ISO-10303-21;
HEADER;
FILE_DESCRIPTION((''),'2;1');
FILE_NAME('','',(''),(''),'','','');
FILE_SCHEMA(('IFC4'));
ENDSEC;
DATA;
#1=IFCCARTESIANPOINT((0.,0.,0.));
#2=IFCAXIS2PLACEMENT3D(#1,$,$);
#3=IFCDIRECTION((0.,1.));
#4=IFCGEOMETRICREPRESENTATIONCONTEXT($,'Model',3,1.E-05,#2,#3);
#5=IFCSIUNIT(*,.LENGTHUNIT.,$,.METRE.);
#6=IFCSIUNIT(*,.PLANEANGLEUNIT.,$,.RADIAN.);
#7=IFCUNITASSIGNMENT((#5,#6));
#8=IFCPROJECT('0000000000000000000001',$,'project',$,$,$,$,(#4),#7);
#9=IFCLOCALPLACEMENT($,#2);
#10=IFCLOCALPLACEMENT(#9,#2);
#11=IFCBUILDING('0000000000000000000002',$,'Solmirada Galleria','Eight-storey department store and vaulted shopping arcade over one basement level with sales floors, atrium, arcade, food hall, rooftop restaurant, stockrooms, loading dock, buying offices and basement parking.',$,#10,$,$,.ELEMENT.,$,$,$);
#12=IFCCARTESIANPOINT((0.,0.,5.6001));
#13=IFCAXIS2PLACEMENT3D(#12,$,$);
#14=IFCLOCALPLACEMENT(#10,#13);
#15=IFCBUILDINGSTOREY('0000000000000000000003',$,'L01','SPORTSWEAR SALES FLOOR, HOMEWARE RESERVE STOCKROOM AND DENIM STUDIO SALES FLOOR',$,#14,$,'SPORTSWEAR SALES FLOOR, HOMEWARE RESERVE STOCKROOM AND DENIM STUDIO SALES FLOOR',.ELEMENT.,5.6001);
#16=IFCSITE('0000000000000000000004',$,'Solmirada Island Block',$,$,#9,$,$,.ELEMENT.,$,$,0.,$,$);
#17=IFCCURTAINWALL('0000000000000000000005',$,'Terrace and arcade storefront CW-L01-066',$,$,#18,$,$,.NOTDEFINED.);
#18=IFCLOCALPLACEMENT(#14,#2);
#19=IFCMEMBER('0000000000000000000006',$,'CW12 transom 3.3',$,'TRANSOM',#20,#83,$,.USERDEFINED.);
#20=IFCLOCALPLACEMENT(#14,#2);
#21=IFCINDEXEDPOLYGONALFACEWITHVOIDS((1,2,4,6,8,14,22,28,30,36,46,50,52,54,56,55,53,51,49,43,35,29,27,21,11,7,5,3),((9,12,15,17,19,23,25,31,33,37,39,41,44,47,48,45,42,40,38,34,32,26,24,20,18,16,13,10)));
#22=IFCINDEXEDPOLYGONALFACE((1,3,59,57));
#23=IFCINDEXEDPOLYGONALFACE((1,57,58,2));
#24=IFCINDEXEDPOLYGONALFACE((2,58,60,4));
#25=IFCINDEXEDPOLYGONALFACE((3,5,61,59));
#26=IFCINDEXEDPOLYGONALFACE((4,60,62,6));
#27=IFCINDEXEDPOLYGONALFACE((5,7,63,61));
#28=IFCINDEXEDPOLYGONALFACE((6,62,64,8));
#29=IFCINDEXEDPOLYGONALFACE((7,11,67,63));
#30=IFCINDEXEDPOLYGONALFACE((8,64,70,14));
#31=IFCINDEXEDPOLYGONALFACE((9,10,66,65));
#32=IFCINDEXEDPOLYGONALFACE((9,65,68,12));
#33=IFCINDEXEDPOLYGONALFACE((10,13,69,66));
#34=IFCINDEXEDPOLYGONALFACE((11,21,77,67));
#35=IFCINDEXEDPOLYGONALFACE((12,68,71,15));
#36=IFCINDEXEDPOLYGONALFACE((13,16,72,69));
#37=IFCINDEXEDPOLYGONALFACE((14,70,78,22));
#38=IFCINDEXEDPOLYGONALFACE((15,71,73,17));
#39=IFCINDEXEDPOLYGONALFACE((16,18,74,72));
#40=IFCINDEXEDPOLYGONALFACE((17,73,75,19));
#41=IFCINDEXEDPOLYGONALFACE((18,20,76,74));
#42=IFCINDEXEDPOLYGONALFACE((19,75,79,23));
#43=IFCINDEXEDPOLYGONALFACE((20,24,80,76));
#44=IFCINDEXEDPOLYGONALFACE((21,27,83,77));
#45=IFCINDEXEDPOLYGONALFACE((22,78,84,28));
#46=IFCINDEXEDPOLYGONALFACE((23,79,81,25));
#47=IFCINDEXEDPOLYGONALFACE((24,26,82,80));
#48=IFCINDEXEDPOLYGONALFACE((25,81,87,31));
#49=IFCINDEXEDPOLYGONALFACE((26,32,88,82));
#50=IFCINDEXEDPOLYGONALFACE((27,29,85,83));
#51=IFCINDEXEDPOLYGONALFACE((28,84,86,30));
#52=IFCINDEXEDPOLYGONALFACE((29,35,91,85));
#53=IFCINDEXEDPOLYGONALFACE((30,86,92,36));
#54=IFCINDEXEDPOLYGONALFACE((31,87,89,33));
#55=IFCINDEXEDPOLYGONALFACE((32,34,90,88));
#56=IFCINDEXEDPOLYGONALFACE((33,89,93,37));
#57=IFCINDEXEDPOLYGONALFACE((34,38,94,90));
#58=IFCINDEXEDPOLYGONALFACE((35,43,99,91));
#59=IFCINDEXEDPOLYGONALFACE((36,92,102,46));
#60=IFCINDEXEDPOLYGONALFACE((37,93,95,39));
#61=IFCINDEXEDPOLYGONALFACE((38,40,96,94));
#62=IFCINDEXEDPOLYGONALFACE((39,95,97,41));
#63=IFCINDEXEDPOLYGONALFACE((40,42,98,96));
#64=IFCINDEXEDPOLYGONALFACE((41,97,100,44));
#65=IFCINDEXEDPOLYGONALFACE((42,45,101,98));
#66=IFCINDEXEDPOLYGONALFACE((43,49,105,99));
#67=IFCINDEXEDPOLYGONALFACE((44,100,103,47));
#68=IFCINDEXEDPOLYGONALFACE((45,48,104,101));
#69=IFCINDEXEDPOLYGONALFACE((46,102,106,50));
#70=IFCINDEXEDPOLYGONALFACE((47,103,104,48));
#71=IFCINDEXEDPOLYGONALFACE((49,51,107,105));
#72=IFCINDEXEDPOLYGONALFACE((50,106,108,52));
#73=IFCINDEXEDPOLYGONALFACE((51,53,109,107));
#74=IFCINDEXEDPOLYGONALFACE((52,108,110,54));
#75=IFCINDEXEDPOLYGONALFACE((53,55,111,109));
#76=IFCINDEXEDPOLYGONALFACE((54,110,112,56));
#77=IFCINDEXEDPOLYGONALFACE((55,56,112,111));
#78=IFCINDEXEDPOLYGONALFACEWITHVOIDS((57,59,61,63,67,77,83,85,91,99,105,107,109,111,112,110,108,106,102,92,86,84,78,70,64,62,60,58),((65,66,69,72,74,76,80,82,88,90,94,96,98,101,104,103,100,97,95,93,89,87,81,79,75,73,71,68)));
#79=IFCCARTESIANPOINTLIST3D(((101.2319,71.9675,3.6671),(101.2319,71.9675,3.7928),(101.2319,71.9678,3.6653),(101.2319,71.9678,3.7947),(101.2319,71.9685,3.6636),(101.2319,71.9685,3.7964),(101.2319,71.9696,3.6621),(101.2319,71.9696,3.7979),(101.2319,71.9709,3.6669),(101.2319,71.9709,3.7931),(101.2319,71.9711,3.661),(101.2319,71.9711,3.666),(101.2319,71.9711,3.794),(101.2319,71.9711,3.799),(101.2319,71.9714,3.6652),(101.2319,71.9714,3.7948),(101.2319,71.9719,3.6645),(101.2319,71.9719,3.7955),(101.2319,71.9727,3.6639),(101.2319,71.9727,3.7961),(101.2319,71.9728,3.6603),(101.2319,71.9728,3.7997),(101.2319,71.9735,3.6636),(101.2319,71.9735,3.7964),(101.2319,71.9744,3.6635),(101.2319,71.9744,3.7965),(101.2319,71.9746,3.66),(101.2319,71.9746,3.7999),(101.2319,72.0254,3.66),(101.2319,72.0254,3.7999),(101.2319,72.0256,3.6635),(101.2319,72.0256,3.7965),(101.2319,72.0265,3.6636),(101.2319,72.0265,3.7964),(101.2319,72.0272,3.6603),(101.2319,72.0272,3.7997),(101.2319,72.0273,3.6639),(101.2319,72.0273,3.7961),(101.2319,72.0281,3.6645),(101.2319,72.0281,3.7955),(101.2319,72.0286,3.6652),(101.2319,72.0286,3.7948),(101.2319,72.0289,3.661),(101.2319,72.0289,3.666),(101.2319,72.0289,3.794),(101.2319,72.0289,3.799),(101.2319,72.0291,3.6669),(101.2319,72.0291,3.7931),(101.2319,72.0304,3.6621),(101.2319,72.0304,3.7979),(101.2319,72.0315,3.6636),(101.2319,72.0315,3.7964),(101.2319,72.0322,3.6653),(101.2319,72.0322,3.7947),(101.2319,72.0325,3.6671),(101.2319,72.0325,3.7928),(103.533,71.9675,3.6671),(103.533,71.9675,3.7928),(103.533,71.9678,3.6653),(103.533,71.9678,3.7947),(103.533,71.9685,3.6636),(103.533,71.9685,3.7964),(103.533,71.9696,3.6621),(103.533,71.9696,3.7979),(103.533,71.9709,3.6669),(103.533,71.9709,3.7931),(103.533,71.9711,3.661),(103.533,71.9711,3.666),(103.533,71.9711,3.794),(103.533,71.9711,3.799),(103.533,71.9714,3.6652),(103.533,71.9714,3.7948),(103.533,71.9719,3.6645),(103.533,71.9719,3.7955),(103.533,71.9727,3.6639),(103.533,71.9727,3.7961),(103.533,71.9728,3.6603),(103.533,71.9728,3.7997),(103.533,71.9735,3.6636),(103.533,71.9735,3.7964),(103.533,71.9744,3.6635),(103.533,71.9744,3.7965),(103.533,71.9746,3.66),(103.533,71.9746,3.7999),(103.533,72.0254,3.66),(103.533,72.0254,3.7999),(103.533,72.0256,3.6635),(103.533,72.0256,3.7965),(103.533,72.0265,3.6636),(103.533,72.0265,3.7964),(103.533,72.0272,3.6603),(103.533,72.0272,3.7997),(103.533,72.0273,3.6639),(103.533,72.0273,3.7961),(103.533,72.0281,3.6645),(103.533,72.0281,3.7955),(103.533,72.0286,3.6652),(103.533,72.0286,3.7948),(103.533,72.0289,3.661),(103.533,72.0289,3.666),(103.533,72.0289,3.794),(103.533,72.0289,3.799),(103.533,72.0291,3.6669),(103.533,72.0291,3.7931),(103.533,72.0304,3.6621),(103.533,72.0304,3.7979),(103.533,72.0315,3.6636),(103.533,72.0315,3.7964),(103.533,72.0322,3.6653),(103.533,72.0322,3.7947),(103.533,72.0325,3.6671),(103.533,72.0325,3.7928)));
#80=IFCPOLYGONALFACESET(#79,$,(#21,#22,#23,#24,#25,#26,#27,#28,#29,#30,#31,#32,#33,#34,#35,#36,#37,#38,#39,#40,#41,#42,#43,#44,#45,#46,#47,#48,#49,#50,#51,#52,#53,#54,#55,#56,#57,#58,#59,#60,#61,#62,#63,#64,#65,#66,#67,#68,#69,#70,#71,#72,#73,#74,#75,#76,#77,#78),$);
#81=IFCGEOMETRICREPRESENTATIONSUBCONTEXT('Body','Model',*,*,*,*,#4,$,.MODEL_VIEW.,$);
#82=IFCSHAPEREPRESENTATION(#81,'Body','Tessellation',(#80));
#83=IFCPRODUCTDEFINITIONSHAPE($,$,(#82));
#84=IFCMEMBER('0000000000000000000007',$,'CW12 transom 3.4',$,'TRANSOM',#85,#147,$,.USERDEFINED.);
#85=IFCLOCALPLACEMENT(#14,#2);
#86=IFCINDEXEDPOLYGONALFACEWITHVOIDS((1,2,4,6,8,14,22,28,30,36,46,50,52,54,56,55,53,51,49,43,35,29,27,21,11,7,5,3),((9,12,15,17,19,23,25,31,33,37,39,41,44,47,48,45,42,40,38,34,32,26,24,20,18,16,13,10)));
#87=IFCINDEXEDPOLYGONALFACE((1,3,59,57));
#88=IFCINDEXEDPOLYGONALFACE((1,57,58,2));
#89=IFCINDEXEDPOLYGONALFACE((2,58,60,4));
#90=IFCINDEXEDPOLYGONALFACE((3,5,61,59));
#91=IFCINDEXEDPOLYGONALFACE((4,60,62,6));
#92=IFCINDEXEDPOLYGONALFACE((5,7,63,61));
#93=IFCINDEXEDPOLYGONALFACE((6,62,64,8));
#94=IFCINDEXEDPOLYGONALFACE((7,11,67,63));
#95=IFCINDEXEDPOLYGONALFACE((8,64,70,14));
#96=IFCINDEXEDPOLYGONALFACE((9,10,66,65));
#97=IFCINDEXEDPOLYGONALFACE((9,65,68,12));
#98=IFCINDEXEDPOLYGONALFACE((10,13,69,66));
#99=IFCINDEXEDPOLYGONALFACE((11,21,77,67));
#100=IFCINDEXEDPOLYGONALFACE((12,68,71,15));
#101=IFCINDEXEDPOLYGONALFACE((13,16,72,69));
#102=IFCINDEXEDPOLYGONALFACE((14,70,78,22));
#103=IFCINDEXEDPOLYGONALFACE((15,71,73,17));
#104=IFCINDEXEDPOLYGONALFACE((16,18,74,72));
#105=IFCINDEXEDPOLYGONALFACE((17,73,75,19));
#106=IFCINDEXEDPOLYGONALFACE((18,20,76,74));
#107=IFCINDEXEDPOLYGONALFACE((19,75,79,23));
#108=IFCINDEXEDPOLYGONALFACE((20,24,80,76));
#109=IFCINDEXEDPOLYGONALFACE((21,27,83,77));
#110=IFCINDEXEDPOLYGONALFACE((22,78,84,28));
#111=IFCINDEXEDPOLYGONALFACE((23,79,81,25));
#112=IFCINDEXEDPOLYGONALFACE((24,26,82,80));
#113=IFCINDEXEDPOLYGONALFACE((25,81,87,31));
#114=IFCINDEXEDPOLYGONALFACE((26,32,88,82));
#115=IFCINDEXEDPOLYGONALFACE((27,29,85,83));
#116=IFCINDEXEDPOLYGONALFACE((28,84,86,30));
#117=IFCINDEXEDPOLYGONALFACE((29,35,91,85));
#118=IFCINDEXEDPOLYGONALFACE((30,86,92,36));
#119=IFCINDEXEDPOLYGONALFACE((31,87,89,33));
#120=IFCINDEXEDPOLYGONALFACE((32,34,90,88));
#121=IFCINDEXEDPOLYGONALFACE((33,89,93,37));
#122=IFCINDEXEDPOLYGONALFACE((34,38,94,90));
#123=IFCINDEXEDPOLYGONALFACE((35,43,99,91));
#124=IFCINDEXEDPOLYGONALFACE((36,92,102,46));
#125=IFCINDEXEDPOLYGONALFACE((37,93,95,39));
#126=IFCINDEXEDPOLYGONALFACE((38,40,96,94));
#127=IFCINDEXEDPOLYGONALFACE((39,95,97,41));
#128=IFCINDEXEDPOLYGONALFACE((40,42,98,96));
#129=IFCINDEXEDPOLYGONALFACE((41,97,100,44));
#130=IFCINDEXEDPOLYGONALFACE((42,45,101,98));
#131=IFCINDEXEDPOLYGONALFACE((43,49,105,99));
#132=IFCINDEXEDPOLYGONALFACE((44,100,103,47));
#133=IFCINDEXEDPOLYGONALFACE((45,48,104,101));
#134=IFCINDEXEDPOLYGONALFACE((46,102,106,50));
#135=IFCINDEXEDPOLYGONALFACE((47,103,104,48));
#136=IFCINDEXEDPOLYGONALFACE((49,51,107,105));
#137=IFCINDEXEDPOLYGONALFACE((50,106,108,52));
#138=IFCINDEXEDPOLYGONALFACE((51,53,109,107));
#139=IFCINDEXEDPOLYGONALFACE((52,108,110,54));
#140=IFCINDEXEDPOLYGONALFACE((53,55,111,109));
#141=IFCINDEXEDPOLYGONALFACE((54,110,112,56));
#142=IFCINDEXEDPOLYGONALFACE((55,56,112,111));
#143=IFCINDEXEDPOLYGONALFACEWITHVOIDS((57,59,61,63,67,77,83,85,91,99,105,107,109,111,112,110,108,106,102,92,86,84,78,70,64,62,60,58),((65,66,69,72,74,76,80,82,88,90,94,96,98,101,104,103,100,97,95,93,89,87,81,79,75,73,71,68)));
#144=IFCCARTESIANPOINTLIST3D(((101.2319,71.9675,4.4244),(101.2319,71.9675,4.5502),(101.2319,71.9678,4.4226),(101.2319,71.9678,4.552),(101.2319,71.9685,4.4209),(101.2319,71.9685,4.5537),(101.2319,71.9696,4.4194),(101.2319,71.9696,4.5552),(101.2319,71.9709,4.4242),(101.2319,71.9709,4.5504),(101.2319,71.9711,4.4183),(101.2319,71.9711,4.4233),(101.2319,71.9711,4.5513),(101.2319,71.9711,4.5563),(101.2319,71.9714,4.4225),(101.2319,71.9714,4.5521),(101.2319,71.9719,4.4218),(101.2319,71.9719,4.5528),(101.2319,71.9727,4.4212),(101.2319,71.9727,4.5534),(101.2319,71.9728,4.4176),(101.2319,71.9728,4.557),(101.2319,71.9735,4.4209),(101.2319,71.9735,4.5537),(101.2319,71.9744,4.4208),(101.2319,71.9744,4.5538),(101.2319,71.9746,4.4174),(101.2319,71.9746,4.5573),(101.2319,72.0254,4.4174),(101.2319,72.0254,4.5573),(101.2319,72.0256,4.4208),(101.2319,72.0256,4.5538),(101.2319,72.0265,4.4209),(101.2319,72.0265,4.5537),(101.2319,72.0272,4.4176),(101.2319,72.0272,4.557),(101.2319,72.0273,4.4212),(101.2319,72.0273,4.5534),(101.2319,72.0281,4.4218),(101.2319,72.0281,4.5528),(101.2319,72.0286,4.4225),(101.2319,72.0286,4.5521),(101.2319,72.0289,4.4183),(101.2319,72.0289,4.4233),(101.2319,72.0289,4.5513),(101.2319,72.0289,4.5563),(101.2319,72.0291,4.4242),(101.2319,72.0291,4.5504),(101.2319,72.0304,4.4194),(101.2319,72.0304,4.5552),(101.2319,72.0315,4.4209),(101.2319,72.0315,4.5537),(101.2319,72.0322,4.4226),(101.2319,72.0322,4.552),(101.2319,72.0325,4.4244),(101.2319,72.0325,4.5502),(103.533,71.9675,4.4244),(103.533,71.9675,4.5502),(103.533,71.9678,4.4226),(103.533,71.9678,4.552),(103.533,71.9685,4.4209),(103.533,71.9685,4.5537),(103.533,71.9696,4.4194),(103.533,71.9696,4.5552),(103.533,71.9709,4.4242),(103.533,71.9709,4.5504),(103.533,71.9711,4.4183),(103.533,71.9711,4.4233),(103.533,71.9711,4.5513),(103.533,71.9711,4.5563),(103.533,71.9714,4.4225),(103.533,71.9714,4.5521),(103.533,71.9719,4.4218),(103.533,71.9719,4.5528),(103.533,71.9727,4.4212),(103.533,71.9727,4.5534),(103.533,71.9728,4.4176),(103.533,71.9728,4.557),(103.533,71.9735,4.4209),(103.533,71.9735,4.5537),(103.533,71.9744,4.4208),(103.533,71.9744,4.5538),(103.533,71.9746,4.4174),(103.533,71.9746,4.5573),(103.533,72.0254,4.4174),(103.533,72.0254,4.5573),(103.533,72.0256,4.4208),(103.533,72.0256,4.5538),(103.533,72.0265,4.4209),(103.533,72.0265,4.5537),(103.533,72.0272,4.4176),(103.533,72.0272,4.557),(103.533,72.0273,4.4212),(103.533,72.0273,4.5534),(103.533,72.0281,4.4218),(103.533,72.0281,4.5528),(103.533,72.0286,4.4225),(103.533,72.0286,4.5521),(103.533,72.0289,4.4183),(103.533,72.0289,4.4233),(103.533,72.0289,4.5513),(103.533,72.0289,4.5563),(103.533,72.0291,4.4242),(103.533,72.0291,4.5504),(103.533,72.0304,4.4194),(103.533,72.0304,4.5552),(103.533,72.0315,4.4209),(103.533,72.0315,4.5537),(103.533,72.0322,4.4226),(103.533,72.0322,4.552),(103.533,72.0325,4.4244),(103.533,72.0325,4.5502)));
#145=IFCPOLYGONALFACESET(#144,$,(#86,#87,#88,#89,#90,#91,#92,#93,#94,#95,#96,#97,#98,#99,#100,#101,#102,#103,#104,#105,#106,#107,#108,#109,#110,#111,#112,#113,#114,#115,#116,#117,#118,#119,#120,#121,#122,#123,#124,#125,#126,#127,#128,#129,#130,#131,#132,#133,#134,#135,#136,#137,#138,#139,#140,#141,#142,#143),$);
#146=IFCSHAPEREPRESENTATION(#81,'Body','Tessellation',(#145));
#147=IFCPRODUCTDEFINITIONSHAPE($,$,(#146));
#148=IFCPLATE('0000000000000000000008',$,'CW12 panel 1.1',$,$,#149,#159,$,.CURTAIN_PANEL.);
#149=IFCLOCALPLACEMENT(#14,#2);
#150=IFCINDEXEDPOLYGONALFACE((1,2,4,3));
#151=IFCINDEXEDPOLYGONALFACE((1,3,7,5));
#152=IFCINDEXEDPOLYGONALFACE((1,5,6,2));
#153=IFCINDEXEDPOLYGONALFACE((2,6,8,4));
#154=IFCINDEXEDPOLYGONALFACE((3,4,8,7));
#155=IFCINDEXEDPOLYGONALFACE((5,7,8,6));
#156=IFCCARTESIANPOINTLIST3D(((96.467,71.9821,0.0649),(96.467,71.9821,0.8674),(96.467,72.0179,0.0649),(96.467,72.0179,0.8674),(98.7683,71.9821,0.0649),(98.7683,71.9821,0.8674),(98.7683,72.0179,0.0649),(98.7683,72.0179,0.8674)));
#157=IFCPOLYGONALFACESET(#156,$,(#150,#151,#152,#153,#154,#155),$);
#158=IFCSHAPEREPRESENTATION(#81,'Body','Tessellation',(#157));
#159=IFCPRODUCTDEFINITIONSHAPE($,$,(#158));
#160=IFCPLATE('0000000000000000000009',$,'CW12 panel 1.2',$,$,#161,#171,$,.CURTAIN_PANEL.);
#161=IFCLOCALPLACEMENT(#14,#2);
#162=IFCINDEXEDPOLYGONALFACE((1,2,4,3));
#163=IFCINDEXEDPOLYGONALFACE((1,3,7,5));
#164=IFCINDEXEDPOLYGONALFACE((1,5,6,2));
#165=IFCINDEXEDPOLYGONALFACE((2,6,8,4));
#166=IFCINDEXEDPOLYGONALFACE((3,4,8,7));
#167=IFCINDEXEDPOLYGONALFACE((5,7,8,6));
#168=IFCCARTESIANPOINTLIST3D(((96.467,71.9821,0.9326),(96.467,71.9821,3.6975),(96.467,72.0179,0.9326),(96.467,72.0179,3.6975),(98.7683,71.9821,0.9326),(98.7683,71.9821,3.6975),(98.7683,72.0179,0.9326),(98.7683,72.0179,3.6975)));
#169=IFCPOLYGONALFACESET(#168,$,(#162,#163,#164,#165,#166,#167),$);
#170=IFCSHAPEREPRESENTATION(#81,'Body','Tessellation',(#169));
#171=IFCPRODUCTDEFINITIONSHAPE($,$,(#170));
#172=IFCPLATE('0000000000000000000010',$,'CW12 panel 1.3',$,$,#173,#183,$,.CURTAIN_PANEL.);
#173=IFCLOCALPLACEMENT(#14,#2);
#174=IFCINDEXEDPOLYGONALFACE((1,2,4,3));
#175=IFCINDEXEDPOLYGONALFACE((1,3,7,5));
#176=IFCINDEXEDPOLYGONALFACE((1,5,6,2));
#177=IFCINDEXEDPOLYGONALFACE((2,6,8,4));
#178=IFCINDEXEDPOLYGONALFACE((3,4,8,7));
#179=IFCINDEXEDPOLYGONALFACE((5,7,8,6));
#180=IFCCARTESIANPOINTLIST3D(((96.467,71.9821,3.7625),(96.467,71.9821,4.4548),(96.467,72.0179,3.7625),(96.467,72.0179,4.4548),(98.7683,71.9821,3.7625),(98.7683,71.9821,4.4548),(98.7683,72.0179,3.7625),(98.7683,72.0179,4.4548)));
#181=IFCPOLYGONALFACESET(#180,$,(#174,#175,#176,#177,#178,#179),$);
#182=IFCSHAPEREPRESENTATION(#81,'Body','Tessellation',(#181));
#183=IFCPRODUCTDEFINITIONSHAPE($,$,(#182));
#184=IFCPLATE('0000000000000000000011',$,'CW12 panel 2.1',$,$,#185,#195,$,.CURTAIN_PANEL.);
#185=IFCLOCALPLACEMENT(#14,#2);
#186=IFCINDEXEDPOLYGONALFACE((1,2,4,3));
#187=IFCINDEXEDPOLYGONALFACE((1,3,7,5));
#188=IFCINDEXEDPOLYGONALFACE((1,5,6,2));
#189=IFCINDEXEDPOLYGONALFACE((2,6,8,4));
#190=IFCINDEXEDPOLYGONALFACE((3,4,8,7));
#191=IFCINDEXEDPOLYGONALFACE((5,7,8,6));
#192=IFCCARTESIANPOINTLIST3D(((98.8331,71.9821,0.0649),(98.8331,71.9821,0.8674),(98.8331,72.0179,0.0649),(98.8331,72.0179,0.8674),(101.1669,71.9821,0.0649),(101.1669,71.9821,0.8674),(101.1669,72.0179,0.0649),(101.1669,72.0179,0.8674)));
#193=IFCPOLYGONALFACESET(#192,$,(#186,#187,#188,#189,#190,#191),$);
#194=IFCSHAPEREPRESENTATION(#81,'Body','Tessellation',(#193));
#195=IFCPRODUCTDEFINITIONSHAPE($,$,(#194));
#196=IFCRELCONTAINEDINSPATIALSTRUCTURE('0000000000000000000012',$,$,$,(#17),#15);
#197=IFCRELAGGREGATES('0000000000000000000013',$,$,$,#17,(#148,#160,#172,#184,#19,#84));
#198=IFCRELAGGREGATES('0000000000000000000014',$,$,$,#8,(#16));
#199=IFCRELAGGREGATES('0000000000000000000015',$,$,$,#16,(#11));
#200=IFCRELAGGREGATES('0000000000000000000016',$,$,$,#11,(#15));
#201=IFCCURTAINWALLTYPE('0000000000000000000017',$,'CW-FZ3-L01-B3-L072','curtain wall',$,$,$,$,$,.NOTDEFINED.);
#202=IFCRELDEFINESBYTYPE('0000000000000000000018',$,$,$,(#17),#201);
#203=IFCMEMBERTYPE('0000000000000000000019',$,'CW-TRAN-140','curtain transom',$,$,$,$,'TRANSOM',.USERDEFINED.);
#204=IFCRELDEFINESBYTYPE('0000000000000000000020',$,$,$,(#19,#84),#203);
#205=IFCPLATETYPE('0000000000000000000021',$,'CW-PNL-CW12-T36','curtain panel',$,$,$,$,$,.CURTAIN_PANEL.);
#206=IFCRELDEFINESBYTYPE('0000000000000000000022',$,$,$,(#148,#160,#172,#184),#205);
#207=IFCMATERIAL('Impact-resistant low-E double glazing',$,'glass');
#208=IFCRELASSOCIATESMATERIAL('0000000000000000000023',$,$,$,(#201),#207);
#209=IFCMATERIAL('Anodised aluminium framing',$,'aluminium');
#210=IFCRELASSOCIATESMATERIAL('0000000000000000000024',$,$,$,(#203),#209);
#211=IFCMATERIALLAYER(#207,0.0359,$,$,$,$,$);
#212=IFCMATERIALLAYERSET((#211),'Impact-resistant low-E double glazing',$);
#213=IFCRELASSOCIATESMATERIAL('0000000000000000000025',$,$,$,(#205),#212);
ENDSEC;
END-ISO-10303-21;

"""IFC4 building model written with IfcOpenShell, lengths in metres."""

from ifc_helpers import new_model, si_unit, direction, frame, origin, origin_2d, place, context, subcontext, project, spatial, rectangle, hollow_rectangle, extrude, material, layer, layer_set, material_profile, profile_set, type_object, element, aggregate, save


model = new_model("IFC4")

# Units and contexts
model_context = context("Model", 3, precision=1e-05, world=origin(), true_north=direction((0.0, 1.0)))
body_context = subcontext(model_context, "Body", "Model", "MODEL_VIEW")
ifc_project = project(units=[si_unit("LENGTHUNIT", "METRE"), si_unit("PLANEANGLEUNIT", "RADIAN")], contexts=[model_context])

# Site, building, storey
site_placement = place(None, origin())
site = spatial("IfcSite", under=ifc_project, at=site_placement, Name="Solmirada Island Block", CompositionType="ELEMENT", RefElevation=0.0)
building_placement = place(site_placement, origin())
building = spatial("IfcBuilding", under=site, at=building_placement, Name="Solmirada Galleria", Description="Eight-storey department store and vaulted shopping arcade over one basement level with sales floors, atrium, arcade, food hall, rooftop restaurant, stockrooms, loading dock, buying offices and basement parking.", CompositionType="ELEMENT")
storey_placement = place(building_placement, frame((0.0, 0.0, 5.6001)))
storey = spatial("IfcBuildingStorey", under=building, at=storey_placement, Name="L01", Description="SPORTSWEAR SALES FLOOR, HOMEWARE RESERVE STOCKROOM AND DENIM STUDIO SALES FLOOR", LongName="SPORTSWEAR SALES FLOOR, HOMEWARE RESERVE STOCKROOM AND DENIM STUDIO SALES FLOOR", CompositionType="ELEMENT", Elevation=5.6001)

# Curtain wall, members, plates
ifc_material_1 = material(Name="Impact-resistant low-E double glazing", Category="glass")
curtain_wall_type = type_object("IfcCurtainWallType", Name="CW-FZ3-L01-B3-L072", Description="curtain wall", PredefinedType="NOTDEFINED", material=ifc_material_1)
curtain_wall_placement = place(storey_placement, origin())
curtain_wall = element("IfcCurtainWall", 1, at=curtain_wall_placement, inside=storey, type_object=curtain_wall_type, Name="Terrace and arcade storefront CW-L01-066", PredefinedType="NOTDEFINED")
ifc_material_2 = material(Name="Anodised aluminium framing", Category="aluminium")
ifc_material_profile_1 = material_profile(ifc_material_2, hollow_rectangle(XDim=0.0649, YDim=0.1399, WallThickness=0.0034, InnerFilletRadius=0.0034, OuterFilletRadius=0.0071, at=origin_2d()), Name="ALU-TRAN-140X65")
ifc_profile_set_1 = profile_set([ifc_material_profile_1], Name="Anodised aluminium framing")
member_type_1 = type_object("IfcMemberType", Name="CW-TRAN-140", Description="curtain transom", ElementType="TRANSOM", PredefinedType="USERDEFINED", material=ifc_profile_set_1)
member_1_placement = place(storey_placement, frame((101.2319, 72.0, 3.73), z_axis=(1.0, 0.0, 0.0), x_axis=(0.0, 1.0, 0.0)))
member_1 = element("IfcMember", 2, at=member_1_placement, type_object=member_type_1, Name="CW12 transom 3.3", ObjectType="TRANSOM", PredefinedType="USERDEFINED", context=body_context, shape_type="SweptSolid", body=[
    extrude(hollow_rectangle(XDim=0.0649, YDim=0.1399, WallThickness=0.0034, InnerFilletRadius=0.0034, OuterFilletRadius=0.0071, at=origin_2d()), origin(), (0.0, 0.0, 1.0), 2.301),
])
member_2_placement = place(storey_placement, frame((101.2319, 72.0, 4.4873), z_axis=(1.0, 0.0, 0.0), x_axis=(0.0, 1.0, 0.0)))
member_2 = element("IfcMember", 3, at=member_2_placement, type_object=member_type_1, Name="CW12 transom 3.4", ObjectType="TRANSOM", PredefinedType="USERDEFINED", context=body_context, shape_type="SweptSolid", body=[
    extrude(hollow_rectangle(XDim=0.0649, YDim=0.1399, WallThickness=0.0034, InnerFilletRadius=0.0034, OuterFilletRadius=0.0071, at=origin_2d()), origin(), (0.0, 0.0, 1.0), 2.301),
])
ifc_layer_1 = layer(ifc_material_1, 0.0359)
ifc_layer_set_1 = layer_set([ifc_layer_1], Name="Impact-resistant low-E double glazing")
plate_type = type_object("IfcPlateType", Name="CW-PNL-CW12-T36", Description="curtain panel", PredefinedType="CURTAIN_PANEL", material=ifc_layer_set_1)
plate_1_placement = place(storey_placement, frame((97.6177, 72.0, 0.0649), z_axis=(0.0, 0.0, 1.0), x_axis=(1.0, 0.0, 0.0)))
plate_1 = element("IfcPlate", 4, at=plate_1_placement, type_object=plate_type, Name="CW12 panel 1.1", PredefinedType="CURTAIN_PANEL", context=body_context, shape_type="SweptSolid", body=[
    extrude(rectangle(XDim=2.3013, YDim=0.0359, at=origin_2d()), origin(), (0.0, 0.0, 1.0), 0.8025),
])
plate_2_placement = place(storey_placement, frame((97.6177, 72.0, 0.9326), z_axis=(0.0, 0.0, 1.0), x_axis=(1.0, 0.0, 0.0)))
plate_2 = element("IfcPlate", 5, at=plate_2_placement, type_object=plate_type, Name="CW12 panel 1.2", PredefinedType="CURTAIN_PANEL", context=body_context, shape_type="SweptSolid", body=[
    extrude(rectangle(XDim=2.3013, YDim=0.0359, at=origin_2d()), origin(), (0.0, 0.0, 1.0), 2.7649),
])
plate_3_placement = place(storey_placement, frame((97.6177, 72.0, 3.7625), z_axis=(0.0, 0.0, 1.0), x_axis=(1.0, 0.0, 0.0)))
plate_3 = element("IfcPlate", 6, at=plate_3_placement, type_object=plate_type, Name="CW12 panel 1.3", PredefinedType="CURTAIN_PANEL", context=body_context, shape_type="SweptSolid", body=[
    extrude(rectangle(XDim=2.3013, YDim=0.0359, at=origin_2d()), origin(), (0.0, 0.0, 1.0), 0.6924),
])
plate_4_placement = place(storey_placement, frame((100.0, 72.0, 0.0649), z_axis=(0.0, 0.0, 1.0), x_axis=(1.0, 0.0, 0.0)))
plate_4 = element("IfcPlate", 7, at=plate_4_placement, type_object=plate_type, Name="CW12 panel 2.1", PredefinedType="CURTAIN_PANEL", context=body_context, shape_type="SweptSolid", body=[
    extrude(rectangle(XDim=2.3337, YDim=0.0359, at=origin_2d()), origin(), (0.0, 0.0, 1.0), 0.8025),
])
aggregate(curtain_wall, [plate_1, plate_2, plate_3, plate_4, member_1, member_2])

save(model, "model.ifc")
